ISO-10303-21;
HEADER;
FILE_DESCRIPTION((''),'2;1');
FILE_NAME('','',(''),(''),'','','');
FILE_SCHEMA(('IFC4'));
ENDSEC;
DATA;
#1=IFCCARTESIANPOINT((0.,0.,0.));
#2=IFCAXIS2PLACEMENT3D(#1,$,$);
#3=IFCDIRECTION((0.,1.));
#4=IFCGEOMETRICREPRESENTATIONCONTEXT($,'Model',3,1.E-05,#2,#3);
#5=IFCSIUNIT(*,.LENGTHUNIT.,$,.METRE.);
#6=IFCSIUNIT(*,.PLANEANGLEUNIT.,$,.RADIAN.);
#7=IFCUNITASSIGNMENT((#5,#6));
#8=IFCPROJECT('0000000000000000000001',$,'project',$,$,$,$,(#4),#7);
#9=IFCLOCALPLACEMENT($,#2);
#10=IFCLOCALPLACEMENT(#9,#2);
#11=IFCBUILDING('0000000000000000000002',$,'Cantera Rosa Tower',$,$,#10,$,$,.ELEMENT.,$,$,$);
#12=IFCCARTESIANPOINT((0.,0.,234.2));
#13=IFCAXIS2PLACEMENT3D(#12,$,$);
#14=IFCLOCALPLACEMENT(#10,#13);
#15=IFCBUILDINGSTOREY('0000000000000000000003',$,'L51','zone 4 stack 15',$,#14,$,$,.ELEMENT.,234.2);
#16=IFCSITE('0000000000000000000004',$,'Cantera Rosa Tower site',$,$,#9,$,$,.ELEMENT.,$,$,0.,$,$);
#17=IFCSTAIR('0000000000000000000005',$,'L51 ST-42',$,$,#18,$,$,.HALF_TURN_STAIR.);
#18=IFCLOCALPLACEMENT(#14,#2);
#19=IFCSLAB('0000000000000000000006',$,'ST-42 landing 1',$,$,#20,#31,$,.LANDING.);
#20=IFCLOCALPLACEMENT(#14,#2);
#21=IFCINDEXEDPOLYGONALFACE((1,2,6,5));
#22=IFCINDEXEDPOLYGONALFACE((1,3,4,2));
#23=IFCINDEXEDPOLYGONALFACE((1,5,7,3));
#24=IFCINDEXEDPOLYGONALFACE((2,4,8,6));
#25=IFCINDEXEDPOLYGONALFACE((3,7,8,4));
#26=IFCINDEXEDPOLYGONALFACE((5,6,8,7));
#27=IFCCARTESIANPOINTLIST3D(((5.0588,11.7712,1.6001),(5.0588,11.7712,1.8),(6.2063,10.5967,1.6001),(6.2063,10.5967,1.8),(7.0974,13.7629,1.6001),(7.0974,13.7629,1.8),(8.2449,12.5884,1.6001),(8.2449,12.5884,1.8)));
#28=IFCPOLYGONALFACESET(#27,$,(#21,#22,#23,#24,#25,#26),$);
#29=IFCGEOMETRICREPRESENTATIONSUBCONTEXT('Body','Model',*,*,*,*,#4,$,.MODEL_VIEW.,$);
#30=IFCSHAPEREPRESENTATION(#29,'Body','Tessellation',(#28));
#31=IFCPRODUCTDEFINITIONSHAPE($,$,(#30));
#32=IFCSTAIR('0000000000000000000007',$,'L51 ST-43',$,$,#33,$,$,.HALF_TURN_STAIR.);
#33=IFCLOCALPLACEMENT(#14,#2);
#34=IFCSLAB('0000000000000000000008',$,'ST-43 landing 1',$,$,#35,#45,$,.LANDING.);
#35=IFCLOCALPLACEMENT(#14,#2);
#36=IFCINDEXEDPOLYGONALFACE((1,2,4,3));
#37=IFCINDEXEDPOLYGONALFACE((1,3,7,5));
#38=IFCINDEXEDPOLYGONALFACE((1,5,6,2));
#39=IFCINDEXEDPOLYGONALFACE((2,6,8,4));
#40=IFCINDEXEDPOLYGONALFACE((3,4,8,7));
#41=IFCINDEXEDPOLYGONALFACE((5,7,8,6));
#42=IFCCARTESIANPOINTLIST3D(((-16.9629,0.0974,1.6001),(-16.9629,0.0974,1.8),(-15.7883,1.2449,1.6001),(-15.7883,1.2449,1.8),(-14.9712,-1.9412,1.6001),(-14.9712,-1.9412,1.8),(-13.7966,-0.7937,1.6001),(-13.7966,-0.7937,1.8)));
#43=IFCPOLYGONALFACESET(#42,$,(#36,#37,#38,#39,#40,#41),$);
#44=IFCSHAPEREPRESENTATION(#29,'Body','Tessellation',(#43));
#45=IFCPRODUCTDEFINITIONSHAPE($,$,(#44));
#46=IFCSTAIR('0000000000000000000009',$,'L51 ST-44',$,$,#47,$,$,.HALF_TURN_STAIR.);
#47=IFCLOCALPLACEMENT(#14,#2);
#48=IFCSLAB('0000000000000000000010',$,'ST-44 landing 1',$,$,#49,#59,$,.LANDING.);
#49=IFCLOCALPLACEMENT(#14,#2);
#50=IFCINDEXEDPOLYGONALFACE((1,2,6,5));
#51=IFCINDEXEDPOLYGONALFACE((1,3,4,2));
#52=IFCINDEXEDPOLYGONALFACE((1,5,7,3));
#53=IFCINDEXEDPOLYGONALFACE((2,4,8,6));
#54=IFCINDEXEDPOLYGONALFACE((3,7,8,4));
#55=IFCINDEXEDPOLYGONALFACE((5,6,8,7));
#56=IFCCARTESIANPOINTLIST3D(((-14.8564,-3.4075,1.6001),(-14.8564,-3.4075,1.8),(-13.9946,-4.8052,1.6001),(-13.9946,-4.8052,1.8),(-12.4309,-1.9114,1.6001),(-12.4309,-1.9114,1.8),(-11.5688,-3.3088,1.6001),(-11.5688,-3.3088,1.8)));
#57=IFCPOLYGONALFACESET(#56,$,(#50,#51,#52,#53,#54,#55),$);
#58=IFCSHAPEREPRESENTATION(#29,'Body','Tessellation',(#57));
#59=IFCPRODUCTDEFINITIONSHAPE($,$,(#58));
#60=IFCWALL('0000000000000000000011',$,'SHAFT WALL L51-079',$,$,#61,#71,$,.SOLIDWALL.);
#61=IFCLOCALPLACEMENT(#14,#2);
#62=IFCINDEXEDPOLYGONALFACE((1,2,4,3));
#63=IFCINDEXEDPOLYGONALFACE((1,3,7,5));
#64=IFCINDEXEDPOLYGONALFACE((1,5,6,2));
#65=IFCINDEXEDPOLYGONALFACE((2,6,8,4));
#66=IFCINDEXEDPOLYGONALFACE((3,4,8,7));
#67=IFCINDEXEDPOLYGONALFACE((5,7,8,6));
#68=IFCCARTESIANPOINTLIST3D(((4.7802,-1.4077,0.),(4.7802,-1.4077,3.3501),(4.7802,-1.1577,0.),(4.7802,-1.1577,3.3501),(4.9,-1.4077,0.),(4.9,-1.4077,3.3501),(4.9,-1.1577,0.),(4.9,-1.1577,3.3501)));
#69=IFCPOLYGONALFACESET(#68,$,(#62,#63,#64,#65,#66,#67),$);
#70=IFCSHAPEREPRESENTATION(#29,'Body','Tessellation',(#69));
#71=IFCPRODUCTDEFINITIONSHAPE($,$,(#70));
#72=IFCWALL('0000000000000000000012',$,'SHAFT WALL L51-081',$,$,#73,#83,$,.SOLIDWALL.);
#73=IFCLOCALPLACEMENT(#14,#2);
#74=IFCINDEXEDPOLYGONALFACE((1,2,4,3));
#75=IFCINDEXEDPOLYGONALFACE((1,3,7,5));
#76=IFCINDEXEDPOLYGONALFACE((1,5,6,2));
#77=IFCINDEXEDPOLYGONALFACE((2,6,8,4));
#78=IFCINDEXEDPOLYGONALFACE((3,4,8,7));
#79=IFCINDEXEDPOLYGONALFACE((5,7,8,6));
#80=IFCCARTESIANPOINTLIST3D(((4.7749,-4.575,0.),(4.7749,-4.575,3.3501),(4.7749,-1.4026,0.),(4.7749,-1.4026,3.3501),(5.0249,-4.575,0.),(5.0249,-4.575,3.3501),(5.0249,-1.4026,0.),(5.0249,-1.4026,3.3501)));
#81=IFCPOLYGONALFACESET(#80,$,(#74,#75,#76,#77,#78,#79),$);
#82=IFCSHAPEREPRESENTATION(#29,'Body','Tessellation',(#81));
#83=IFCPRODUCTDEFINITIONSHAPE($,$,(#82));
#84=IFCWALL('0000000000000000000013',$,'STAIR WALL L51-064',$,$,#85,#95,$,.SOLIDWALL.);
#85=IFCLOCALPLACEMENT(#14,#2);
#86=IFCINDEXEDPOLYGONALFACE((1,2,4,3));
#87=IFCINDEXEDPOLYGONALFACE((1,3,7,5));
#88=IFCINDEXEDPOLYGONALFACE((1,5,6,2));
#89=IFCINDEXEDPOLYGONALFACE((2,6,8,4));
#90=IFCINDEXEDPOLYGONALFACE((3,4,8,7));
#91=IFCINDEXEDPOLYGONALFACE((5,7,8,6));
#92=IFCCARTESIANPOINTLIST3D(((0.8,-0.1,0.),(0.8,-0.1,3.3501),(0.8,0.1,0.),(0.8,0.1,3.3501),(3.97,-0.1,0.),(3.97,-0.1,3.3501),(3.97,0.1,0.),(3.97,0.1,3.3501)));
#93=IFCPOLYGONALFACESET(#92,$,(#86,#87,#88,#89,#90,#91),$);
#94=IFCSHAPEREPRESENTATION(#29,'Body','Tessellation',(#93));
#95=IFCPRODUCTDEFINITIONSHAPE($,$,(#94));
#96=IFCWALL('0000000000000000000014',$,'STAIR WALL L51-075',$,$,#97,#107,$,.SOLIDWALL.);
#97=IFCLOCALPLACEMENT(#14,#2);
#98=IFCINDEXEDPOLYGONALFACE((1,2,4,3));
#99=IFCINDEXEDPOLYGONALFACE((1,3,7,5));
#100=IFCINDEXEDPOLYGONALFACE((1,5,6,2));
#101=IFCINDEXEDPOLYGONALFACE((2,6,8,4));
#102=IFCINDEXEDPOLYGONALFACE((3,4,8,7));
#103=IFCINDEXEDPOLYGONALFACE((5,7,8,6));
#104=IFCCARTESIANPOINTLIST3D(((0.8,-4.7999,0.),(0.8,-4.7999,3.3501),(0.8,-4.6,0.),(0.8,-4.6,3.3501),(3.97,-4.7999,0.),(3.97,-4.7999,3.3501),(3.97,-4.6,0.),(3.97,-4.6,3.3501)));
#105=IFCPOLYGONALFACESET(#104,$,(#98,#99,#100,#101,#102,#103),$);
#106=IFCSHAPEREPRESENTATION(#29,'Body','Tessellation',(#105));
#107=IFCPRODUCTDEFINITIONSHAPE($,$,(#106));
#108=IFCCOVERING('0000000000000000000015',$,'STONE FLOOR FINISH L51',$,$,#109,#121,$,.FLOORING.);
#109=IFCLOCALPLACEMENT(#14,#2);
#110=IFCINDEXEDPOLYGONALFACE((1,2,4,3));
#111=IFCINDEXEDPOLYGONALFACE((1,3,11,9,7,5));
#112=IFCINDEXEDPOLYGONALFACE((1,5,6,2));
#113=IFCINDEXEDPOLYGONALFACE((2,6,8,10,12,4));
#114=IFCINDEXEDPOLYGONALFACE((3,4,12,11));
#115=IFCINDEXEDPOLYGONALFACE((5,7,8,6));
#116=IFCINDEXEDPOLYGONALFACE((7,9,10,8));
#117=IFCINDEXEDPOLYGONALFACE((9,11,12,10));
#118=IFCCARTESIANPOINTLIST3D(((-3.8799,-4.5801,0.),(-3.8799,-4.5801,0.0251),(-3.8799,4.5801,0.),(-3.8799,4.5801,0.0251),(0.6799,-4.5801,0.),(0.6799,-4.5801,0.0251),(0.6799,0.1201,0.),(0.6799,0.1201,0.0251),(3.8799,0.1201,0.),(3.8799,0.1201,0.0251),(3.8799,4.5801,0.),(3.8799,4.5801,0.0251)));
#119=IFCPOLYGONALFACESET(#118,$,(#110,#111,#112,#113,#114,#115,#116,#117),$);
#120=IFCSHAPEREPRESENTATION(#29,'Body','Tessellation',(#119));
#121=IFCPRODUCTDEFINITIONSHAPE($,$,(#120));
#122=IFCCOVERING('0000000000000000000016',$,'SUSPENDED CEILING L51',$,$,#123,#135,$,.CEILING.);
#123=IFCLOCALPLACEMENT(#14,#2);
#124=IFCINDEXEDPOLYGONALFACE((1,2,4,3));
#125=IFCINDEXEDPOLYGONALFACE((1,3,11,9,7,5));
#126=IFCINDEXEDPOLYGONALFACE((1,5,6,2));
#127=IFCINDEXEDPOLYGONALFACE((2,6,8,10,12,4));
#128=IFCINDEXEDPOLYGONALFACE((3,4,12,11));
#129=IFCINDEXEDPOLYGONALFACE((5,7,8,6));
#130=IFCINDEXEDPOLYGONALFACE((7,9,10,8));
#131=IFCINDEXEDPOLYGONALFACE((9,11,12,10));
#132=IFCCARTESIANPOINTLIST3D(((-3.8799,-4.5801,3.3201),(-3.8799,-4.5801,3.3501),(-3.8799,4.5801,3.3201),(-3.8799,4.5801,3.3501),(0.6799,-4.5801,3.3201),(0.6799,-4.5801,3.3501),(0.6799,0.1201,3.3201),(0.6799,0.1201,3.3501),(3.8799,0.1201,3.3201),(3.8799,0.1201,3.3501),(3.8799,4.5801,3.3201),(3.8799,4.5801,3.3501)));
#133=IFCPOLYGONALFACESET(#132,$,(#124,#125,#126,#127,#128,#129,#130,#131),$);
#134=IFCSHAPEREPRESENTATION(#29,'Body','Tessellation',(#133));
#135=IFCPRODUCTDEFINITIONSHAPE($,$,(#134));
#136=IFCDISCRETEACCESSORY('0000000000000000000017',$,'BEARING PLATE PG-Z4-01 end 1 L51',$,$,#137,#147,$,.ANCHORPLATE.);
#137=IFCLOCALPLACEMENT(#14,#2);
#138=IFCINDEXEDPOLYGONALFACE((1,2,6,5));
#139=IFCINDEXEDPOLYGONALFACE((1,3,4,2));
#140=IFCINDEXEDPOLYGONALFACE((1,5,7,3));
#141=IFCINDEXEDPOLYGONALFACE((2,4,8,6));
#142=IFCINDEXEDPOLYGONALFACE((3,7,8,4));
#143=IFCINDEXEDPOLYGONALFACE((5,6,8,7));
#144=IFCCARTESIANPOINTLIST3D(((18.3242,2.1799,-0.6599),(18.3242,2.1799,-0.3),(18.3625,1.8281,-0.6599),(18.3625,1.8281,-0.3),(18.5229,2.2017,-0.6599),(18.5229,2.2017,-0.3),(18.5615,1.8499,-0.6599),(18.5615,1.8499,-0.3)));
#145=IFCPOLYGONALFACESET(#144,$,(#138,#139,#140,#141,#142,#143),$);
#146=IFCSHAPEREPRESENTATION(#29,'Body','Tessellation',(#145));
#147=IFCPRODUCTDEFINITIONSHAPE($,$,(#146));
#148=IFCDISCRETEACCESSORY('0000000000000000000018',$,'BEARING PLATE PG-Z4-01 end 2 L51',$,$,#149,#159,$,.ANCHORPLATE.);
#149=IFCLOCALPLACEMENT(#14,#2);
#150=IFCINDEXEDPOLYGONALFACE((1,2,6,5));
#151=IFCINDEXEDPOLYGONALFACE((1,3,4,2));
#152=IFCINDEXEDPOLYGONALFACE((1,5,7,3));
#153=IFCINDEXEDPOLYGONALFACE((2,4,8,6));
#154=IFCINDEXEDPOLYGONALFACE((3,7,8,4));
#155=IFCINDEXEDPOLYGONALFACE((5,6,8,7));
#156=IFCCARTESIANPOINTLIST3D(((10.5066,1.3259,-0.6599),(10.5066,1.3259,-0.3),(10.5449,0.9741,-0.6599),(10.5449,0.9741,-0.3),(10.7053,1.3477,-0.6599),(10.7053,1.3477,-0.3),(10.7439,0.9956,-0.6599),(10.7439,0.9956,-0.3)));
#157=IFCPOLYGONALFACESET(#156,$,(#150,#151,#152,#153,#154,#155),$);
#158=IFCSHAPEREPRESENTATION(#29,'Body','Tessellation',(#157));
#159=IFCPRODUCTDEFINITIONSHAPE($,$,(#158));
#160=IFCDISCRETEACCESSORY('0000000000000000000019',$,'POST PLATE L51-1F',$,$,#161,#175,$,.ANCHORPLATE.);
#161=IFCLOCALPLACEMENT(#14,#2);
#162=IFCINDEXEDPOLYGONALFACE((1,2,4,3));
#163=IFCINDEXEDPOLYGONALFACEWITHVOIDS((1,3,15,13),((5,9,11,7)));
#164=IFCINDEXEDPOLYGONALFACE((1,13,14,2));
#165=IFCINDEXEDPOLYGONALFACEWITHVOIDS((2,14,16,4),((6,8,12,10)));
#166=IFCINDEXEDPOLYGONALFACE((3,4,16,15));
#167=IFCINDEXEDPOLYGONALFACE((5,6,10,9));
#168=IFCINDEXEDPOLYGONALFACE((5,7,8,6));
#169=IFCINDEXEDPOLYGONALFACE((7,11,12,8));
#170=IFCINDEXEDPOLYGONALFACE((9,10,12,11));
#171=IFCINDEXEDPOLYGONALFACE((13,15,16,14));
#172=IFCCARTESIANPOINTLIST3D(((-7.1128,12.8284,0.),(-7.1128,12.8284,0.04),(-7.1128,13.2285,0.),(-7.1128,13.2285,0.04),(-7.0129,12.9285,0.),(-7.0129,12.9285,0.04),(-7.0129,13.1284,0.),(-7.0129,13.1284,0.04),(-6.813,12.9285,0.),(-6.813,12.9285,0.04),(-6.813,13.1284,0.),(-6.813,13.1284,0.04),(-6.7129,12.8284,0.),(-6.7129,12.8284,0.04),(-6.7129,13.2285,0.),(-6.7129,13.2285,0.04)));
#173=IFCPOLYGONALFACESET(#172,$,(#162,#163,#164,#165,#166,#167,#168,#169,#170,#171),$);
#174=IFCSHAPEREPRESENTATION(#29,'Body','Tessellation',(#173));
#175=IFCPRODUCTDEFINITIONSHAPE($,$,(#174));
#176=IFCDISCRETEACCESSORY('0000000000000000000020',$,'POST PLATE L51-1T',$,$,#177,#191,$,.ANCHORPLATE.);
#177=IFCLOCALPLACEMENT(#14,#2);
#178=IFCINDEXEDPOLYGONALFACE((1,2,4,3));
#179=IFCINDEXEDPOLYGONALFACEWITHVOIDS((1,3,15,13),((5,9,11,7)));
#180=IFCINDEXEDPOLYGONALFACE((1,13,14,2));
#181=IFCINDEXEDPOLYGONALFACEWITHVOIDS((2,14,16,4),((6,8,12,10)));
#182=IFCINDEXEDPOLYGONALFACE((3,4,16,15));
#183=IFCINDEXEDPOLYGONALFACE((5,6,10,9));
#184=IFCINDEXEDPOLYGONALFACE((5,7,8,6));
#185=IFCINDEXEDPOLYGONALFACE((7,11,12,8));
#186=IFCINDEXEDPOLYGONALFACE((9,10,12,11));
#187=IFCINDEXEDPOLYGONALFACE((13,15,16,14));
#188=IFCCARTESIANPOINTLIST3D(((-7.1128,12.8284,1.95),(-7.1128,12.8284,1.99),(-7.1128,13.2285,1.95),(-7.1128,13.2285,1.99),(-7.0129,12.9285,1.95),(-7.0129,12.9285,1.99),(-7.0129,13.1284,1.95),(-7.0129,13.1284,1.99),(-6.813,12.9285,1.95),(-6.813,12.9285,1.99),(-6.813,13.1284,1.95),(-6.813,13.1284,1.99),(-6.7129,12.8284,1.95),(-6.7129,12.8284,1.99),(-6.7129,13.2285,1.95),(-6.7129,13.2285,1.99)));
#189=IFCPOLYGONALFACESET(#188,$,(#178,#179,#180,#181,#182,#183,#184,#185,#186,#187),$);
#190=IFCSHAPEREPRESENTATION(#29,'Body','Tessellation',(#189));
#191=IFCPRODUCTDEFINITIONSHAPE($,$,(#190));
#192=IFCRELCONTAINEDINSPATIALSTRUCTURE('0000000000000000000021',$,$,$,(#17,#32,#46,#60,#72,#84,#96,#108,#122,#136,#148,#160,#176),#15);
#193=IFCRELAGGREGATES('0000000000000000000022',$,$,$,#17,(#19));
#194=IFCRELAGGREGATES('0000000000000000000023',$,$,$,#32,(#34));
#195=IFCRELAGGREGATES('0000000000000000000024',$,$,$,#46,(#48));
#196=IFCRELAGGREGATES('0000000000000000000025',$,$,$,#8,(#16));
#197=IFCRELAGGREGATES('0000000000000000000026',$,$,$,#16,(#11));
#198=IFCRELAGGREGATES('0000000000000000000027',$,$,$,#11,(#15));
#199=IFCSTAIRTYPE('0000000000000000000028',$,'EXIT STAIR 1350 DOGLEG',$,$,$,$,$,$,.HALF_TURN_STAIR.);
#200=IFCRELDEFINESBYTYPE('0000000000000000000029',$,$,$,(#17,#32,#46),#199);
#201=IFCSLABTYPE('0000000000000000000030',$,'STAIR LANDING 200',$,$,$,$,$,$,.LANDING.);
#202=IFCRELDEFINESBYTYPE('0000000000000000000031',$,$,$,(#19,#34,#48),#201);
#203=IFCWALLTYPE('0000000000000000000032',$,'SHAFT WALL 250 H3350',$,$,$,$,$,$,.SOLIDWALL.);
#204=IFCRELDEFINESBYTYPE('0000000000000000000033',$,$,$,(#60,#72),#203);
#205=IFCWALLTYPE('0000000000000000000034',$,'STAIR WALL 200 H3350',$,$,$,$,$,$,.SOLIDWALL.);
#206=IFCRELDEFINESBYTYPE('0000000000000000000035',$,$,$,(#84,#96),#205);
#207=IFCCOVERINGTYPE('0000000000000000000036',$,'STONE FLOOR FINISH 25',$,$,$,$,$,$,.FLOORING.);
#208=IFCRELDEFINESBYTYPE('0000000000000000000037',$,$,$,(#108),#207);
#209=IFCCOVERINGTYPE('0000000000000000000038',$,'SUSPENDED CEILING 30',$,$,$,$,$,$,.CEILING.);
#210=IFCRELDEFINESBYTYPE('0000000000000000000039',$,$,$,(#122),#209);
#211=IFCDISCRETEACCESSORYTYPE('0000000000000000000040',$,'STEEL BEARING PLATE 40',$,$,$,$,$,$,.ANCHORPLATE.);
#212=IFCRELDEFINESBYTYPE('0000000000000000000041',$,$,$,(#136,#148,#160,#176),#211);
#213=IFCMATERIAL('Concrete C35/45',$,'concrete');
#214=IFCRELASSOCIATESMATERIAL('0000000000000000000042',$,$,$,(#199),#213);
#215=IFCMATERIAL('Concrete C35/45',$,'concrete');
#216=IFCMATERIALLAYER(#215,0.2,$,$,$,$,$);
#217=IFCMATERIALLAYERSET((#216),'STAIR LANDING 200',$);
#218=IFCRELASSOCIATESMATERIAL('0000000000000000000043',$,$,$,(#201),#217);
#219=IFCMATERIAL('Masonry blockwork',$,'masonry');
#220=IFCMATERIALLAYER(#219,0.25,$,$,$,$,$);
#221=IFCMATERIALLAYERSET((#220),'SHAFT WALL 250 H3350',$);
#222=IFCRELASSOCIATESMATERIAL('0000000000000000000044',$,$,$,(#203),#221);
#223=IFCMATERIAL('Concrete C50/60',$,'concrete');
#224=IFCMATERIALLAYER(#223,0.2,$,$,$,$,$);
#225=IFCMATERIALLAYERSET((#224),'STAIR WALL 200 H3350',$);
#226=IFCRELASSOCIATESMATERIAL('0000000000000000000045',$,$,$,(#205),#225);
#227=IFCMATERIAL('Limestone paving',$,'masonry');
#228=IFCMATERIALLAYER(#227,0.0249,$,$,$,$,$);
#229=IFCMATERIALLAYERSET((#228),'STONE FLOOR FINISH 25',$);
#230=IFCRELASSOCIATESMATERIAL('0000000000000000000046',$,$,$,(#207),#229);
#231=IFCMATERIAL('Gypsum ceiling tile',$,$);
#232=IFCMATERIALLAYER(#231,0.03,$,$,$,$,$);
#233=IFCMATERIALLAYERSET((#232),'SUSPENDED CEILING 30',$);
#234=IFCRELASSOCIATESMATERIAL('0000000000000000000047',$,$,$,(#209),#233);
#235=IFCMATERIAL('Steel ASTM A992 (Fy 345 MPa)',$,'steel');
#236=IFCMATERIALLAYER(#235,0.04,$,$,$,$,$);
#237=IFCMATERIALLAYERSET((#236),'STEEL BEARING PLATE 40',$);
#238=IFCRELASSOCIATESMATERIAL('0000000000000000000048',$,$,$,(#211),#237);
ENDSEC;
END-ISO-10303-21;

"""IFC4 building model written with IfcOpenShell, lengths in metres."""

from ifc_helpers import new_model, si_unit, direction, frame, frame_2d, origin, place, context, subcontext, project, spatial, polyline, rectangle, outline, extrude, material, layer, layer_set, type_object, element, aggregate, save


model = new_model("IFC4")

# Units and contexts
model_context = context("Model", 3, precision=1e-05, world=origin(), true_north=direction((0.0, 1.0)))
body_context = subcontext(model_context, "Body", "Model", "MODEL_VIEW")
ifc_project = project(units=[si_unit("LENGTHUNIT", "METRE"), si_unit("PLANEANGLEUNIT", "RADIAN")], contexts=[model_context])

# Site, building, storey
site_placement = place(None, origin())
site = spatial("IfcSite", under=ifc_project, at=site_placement, Name="Cantera Rosa Tower site", CompositionType="ELEMENT", RefElevation=0.0)
building_placement = place(site_placement, origin())
building = spatial("IfcBuilding", under=site, at=building_placement, Name="Cantera Rosa Tower", CompositionType="ELEMENT")
storey_placement = place(building_placement, frame((0.0, 0.0, 234.2)))
storey = spatial("IfcBuildingStorey", under=building, at=storey_placement, Name="L51", Description="zone 4 stack 15", CompositionType="ELEMENT", Elevation=234.2)

# Stairs, slabs
ifc_material_1 = material(Name="Concrete C35/45", Category="concrete")
stair_type = type_object("IfcStairType", Name="EXIT STAIR 1350 DOGLEG", PredefinedType="HALF_TURN_STAIR", material=ifc_material_1)
ifc_material_2 = material(Name="Concrete C35/45", Category="concrete")
ifc_layer_1 = layer(ifc_material_2, 0.2)
ifc_layer_set_1 = layer_set([ifc_layer_1], Name="STAIR LANDING 200")
slab_type_1 = type_object("IfcSlabType", Name="STAIR LANDING 200", PredefinedType="LANDING", material=ifc_layer_set_1)
stair_1_placement = place(storey_placement, origin())
stair_1 = element("IfcStair", 1, at=stair_1_placement, inside=storey, type_object=stair_type, Name="L51 ST-42", PredefinedType="HALF_TURN_STAIR")
slab_1_placement = place(storey_placement, frame((0.0, 0.0, 1.6001)))
slab_1 = element("IfcSlab", 2, at=slab_1_placement, type_object=slab_type_1, Name="ST-42 landing 1", PredefinedType="LANDING", context=body_context, shape_type="SweptSolid", body=[
    extrude(outline(polyline([(8.2449, 12.5884), (7.0974, 13.7629), (5.0588, 11.7712), (6.2063, 10.5967), (8.2449, 12.5884)])), origin(), (0.0, 0.0, 1.0), 0.2),
])
aggregate(stair_1, [slab_1])
stair_2_placement = place(storey_placement, origin())
stair_2 = element("IfcStair", 3, at=stair_2_placement, inside=storey, type_object=stair_type, Name="L51 ST-43", PredefinedType="HALF_TURN_STAIR")
slab_2_placement = place(storey_placement, frame((0.0, 0.0, 1.6001)))
slab_2 = element("IfcSlab", 4, at=slab_2_placement, type_object=slab_type_1, Name="ST-43 landing 1", PredefinedType="LANDING", context=body_context, shape_type="SweptSolid", body=[
    extrude(outline(polyline([(-15.7883, 1.2449), (-16.9629, 0.0974), (-14.9712, -1.9412), (-13.7966, -0.7937), (-15.7883, 1.2449)])), origin(), (0.0, 0.0, 1.0), 0.2),
])
aggregate(stair_2, [slab_2])
stair_3_placement = place(storey_placement, origin())
stair_3 = element("IfcStair", 5, at=stair_3_placement, inside=storey, type_object=stair_type, Name="L51 ST-44", PredefinedType="HALF_TURN_STAIR")
slab_3_placement = place(storey_placement, frame((0.0, 0.0, 1.6001)))
slab_3 = element("IfcSlab", 6, at=slab_3_placement, type_object=slab_type_1, Name="ST-44 landing 1", PredefinedType="LANDING", context=body_context, shape_type="SweptSolid", body=[
    extrude(outline(polyline([(-11.5688, -3.3088), (-12.4309, -1.9114), (-14.8564, -3.4075), (-13.9946, -4.8052), (-11.5688, -3.3088)])), origin(), (0.0, 0.0, 1.0), 0.2),
])
aggregate(stair_3, [slab_3])

# Walls
ifc_material_3 = material(Name="Masonry blockwork", Category="masonry")
ifc_layer_2 = layer(ifc_material_3, 0.25)
ifc_layer_set_2 = layer_set([ifc_layer_2], Name="SHAFT WALL 250 H3350")
wall_type_1 = type_object("IfcWallType", Name="SHAFT WALL 250 H3350", PredefinedType="SOLIDWALL", material=ifc_layer_set_2)
wall_1_placement = place(storey_placement, frame((4.78, -1.2827, 0.0), z_axis=(0.0, 0.0, 1.0), x_axis=(1.0, 0.0, 0.0)))
element("IfcWall", 7, at=wall_1_placement, inside=storey, type_object=wall_type_1, Name="SHAFT WALL L51-079", PredefinedType="SOLIDWALL", context=body_context, shape_type="SweptSolid", body=[
    extrude(rectangle(XDim=0.1199, YDim=0.25, at=frame_2d((0.0601, 0.0))), origin(), (0.0, 0.0, 1.0), 3.3501),
])
wall_2_placement = place(storey_placement, frame((4.8999, -1.4026, 0.0), z_axis=(0.0, 0.0, 1.0), x_axis=(0.0, -1.0, 0.0)))
element("IfcWall", 8, at=wall_2_placement, inside=storey, type_object=wall_type_1, Name="SHAFT WALL L51-081", PredefinedType="SOLIDWALL", context=body_context, shape_type="SweptSolid", body=[
    extrude(rectangle(XDim=3.1724, YDim=0.25, at=frame_2d((1.5862, 0.0))), origin(), (0.0, 0.0, 1.0), 3.3501),
])
ifc_material_4 = material(Name="Concrete C50/60", Category="concrete")
ifc_layer_3 = layer(ifc_material_4, 0.2)
ifc_layer_set_3 = layer_set([ifc_layer_3], Name="STAIR WALL 200 H3350")
wall_type_2 = type_object("IfcWallType", Name="STAIR WALL 200 H3350", PredefinedType="SOLIDWALL", material=ifc_layer_set_3)
for number, where, z_axis, x_axis, name in (
    (9, (0.8, 0.0, 0.0), (0.0, 0.0, 1.0), (1.0, 0.0, 0.0), "STAIR WALL L51-064"),
    (10, (3.97, -4.7, 0.0), (0.0, 0.0, 1.0), (-1.0, 0.0, 0.0), "STAIR WALL L51-075"),
):
    element("IfcWall", number, at=place(storey_placement, frame(where, z_axis=z_axis, x_axis=x_axis)), inside=storey, type_object=wall_type_2, Name=name, PredefinedType="SOLIDWALL", context=body_context, shape_type="SweptSolid", body=[
        extrude(rectangle(XDim=3.1699, YDim=0.2, at=frame_2d((1.585, 0.0))), origin(), (0.0, 0.0, 1.0), 3.3501),
    ])

# Coverings
ifc_material_5 = material(Name="Limestone paving", Category="masonry")
ifc_layer_4 = layer(ifc_material_5, 0.0249)
ifc_layer_set_4 = layer_set([ifc_layer_4], Name="STONE FLOOR FINISH 25")
covering_type_1 = type_object("IfcCoveringType", Name="STONE FLOOR FINISH 25", PredefinedType="FLOORING", material=ifc_layer_set_4)
covering_1_placement = place(storey_placement, origin())
element("IfcCovering", 11, at=covering_1_placement, inside=storey, type_object=covering_type_1, Name="STONE FLOOR FINISH L51", PredefinedType="FLOORING", context=body_context, shape_type="SweptSolid", body=[
    extrude(outline(polyline([(3.8799, 4.5801), (3.8799, 0.1201), (0.6799, 0.1201), (0.6799, -4.5801), (-3.8799, -4.5801), (-3.8799, 4.5801), (3.8799, 4.5801)])), origin(), (0.0, 0.0, 1.0), 0.0251),
])
ifc_material_6 = material(Name="Gypsum ceiling tile")
ifc_layer_5 = layer(ifc_material_6, 0.03)
ifc_layer_set_5 = layer_set([ifc_layer_5], Name="SUSPENDED CEILING 30")
covering_type_2 = type_object("IfcCoveringType", Name="SUSPENDED CEILING 30", PredefinedType="CEILING", material=ifc_layer_set_5)
covering_2_placement = place(storey_placement, frame((0.0, 0.0, 3.3201)))
element("IfcCovering", 12, at=covering_2_placement, inside=storey, type_object=covering_type_2, Name="SUSPENDED CEILING L51", PredefinedType="CEILING", context=body_context, shape_type="SweptSolid", body=[
    extrude(outline(polyline([(3.8799, 4.5801), (3.8799, 0.1201), (0.6799, 0.1201), (0.6799, -4.5801), (-3.8799, -4.5801), (-3.8799, 4.5801), (3.8799, 4.5801)])), origin(), (0.0, 0.0, 1.0), 0.03),
])

# Discrete accessories
ifc_material_7 = material(Name="Steel ASTM A992 (Fy 345 MPa)", Category="steel")
ifc_layer_6 = layer(ifc_material_7, 0.04)
ifc_layer_set_6 = layer_set([ifc_layer_6], Name="STEEL BEARING PLATE 40")
discrete_accessory_type = type_object("IfcDiscreteAccessoryType", Name="STEEL BEARING PLATE 40", PredefinedType="ANCHORPLATE", material=ifc_layer_set_6)
discrete_accessory_1_placement = place(storey_placement, frame((0.0, 0.0, -0.6599)))
element("IfcDiscreteAccessory", 13, at=discrete_accessory_1_placement, inside=storey, type_object=discrete_accessory_type, Name="BEARING PLATE PG-Z4-01 end 1 L51", PredefinedType="ANCHORPLATE", context=body_context, shape_type="SweptSolid", body=[
    extrude(outline(polyline([(18.3625, 1.8281), (18.5615, 1.8499), (18.5229, 2.2017), (18.3242, 2.1799), (18.3625, 1.8281)])), origin(), (0.0, 0.0, 1.0), 0.3599),
])
discrete_accessory_2_placement = place(storey_placement, frame((0.0, 0.0, -0.6599)))
element("IfcDiscreteAccessory", 14, at=discrete_accessory_2_placement, inside=storey, type_object=discrete_accessory_type, Name="BEARING PLATE PG-Z4-01 end 2 L51", PredefinedType="ANCHORPLATE", context=body_context, shape_type="SweptSolid", body=[
    extrude(outline(polyline([(10.7053, 1.3477), (10.5066, 1.3259), (10.5449, 0.9741), (10.7439, 0.9956), (10.7053, 1.3477)])), origin(), (0.0, 0.0, 1.0), 0.3599),
])
for number, where, name in (
    (15, (0.0, 0.0, 0.0), "POST PLATE L51-1F"),
    (16, (0.0, 0.0, 1.95), "POST PLATE L51-1T"),
):
    element("IfcDiscreteAccessory", number, at=place(storey_placement, frame(where)), inside=storey, type_object=discrete_accessory_type, Name=name, PredefinedType="ANCHORPLATE", context=body_context, shape_type="SweptSolid", body=[
        extrude(outline(polyline([(-7.1128, 12.8284), (-6.7129, 12.8284), (-6.7129, 13.2285), (-7.1128, 13.2285), (-7.1128, 12.8284)]), holes=[polyline([(-7.0129, 12.9285), (-6.813, 12.9285), (-6.813, 13.1284), (-7.0129, 13.1284), (-7.0129, 12.9285)])]), origin(), (0.0, 0.0, 1.0), 0.04),
    ])

save(model, "model.ifc")
